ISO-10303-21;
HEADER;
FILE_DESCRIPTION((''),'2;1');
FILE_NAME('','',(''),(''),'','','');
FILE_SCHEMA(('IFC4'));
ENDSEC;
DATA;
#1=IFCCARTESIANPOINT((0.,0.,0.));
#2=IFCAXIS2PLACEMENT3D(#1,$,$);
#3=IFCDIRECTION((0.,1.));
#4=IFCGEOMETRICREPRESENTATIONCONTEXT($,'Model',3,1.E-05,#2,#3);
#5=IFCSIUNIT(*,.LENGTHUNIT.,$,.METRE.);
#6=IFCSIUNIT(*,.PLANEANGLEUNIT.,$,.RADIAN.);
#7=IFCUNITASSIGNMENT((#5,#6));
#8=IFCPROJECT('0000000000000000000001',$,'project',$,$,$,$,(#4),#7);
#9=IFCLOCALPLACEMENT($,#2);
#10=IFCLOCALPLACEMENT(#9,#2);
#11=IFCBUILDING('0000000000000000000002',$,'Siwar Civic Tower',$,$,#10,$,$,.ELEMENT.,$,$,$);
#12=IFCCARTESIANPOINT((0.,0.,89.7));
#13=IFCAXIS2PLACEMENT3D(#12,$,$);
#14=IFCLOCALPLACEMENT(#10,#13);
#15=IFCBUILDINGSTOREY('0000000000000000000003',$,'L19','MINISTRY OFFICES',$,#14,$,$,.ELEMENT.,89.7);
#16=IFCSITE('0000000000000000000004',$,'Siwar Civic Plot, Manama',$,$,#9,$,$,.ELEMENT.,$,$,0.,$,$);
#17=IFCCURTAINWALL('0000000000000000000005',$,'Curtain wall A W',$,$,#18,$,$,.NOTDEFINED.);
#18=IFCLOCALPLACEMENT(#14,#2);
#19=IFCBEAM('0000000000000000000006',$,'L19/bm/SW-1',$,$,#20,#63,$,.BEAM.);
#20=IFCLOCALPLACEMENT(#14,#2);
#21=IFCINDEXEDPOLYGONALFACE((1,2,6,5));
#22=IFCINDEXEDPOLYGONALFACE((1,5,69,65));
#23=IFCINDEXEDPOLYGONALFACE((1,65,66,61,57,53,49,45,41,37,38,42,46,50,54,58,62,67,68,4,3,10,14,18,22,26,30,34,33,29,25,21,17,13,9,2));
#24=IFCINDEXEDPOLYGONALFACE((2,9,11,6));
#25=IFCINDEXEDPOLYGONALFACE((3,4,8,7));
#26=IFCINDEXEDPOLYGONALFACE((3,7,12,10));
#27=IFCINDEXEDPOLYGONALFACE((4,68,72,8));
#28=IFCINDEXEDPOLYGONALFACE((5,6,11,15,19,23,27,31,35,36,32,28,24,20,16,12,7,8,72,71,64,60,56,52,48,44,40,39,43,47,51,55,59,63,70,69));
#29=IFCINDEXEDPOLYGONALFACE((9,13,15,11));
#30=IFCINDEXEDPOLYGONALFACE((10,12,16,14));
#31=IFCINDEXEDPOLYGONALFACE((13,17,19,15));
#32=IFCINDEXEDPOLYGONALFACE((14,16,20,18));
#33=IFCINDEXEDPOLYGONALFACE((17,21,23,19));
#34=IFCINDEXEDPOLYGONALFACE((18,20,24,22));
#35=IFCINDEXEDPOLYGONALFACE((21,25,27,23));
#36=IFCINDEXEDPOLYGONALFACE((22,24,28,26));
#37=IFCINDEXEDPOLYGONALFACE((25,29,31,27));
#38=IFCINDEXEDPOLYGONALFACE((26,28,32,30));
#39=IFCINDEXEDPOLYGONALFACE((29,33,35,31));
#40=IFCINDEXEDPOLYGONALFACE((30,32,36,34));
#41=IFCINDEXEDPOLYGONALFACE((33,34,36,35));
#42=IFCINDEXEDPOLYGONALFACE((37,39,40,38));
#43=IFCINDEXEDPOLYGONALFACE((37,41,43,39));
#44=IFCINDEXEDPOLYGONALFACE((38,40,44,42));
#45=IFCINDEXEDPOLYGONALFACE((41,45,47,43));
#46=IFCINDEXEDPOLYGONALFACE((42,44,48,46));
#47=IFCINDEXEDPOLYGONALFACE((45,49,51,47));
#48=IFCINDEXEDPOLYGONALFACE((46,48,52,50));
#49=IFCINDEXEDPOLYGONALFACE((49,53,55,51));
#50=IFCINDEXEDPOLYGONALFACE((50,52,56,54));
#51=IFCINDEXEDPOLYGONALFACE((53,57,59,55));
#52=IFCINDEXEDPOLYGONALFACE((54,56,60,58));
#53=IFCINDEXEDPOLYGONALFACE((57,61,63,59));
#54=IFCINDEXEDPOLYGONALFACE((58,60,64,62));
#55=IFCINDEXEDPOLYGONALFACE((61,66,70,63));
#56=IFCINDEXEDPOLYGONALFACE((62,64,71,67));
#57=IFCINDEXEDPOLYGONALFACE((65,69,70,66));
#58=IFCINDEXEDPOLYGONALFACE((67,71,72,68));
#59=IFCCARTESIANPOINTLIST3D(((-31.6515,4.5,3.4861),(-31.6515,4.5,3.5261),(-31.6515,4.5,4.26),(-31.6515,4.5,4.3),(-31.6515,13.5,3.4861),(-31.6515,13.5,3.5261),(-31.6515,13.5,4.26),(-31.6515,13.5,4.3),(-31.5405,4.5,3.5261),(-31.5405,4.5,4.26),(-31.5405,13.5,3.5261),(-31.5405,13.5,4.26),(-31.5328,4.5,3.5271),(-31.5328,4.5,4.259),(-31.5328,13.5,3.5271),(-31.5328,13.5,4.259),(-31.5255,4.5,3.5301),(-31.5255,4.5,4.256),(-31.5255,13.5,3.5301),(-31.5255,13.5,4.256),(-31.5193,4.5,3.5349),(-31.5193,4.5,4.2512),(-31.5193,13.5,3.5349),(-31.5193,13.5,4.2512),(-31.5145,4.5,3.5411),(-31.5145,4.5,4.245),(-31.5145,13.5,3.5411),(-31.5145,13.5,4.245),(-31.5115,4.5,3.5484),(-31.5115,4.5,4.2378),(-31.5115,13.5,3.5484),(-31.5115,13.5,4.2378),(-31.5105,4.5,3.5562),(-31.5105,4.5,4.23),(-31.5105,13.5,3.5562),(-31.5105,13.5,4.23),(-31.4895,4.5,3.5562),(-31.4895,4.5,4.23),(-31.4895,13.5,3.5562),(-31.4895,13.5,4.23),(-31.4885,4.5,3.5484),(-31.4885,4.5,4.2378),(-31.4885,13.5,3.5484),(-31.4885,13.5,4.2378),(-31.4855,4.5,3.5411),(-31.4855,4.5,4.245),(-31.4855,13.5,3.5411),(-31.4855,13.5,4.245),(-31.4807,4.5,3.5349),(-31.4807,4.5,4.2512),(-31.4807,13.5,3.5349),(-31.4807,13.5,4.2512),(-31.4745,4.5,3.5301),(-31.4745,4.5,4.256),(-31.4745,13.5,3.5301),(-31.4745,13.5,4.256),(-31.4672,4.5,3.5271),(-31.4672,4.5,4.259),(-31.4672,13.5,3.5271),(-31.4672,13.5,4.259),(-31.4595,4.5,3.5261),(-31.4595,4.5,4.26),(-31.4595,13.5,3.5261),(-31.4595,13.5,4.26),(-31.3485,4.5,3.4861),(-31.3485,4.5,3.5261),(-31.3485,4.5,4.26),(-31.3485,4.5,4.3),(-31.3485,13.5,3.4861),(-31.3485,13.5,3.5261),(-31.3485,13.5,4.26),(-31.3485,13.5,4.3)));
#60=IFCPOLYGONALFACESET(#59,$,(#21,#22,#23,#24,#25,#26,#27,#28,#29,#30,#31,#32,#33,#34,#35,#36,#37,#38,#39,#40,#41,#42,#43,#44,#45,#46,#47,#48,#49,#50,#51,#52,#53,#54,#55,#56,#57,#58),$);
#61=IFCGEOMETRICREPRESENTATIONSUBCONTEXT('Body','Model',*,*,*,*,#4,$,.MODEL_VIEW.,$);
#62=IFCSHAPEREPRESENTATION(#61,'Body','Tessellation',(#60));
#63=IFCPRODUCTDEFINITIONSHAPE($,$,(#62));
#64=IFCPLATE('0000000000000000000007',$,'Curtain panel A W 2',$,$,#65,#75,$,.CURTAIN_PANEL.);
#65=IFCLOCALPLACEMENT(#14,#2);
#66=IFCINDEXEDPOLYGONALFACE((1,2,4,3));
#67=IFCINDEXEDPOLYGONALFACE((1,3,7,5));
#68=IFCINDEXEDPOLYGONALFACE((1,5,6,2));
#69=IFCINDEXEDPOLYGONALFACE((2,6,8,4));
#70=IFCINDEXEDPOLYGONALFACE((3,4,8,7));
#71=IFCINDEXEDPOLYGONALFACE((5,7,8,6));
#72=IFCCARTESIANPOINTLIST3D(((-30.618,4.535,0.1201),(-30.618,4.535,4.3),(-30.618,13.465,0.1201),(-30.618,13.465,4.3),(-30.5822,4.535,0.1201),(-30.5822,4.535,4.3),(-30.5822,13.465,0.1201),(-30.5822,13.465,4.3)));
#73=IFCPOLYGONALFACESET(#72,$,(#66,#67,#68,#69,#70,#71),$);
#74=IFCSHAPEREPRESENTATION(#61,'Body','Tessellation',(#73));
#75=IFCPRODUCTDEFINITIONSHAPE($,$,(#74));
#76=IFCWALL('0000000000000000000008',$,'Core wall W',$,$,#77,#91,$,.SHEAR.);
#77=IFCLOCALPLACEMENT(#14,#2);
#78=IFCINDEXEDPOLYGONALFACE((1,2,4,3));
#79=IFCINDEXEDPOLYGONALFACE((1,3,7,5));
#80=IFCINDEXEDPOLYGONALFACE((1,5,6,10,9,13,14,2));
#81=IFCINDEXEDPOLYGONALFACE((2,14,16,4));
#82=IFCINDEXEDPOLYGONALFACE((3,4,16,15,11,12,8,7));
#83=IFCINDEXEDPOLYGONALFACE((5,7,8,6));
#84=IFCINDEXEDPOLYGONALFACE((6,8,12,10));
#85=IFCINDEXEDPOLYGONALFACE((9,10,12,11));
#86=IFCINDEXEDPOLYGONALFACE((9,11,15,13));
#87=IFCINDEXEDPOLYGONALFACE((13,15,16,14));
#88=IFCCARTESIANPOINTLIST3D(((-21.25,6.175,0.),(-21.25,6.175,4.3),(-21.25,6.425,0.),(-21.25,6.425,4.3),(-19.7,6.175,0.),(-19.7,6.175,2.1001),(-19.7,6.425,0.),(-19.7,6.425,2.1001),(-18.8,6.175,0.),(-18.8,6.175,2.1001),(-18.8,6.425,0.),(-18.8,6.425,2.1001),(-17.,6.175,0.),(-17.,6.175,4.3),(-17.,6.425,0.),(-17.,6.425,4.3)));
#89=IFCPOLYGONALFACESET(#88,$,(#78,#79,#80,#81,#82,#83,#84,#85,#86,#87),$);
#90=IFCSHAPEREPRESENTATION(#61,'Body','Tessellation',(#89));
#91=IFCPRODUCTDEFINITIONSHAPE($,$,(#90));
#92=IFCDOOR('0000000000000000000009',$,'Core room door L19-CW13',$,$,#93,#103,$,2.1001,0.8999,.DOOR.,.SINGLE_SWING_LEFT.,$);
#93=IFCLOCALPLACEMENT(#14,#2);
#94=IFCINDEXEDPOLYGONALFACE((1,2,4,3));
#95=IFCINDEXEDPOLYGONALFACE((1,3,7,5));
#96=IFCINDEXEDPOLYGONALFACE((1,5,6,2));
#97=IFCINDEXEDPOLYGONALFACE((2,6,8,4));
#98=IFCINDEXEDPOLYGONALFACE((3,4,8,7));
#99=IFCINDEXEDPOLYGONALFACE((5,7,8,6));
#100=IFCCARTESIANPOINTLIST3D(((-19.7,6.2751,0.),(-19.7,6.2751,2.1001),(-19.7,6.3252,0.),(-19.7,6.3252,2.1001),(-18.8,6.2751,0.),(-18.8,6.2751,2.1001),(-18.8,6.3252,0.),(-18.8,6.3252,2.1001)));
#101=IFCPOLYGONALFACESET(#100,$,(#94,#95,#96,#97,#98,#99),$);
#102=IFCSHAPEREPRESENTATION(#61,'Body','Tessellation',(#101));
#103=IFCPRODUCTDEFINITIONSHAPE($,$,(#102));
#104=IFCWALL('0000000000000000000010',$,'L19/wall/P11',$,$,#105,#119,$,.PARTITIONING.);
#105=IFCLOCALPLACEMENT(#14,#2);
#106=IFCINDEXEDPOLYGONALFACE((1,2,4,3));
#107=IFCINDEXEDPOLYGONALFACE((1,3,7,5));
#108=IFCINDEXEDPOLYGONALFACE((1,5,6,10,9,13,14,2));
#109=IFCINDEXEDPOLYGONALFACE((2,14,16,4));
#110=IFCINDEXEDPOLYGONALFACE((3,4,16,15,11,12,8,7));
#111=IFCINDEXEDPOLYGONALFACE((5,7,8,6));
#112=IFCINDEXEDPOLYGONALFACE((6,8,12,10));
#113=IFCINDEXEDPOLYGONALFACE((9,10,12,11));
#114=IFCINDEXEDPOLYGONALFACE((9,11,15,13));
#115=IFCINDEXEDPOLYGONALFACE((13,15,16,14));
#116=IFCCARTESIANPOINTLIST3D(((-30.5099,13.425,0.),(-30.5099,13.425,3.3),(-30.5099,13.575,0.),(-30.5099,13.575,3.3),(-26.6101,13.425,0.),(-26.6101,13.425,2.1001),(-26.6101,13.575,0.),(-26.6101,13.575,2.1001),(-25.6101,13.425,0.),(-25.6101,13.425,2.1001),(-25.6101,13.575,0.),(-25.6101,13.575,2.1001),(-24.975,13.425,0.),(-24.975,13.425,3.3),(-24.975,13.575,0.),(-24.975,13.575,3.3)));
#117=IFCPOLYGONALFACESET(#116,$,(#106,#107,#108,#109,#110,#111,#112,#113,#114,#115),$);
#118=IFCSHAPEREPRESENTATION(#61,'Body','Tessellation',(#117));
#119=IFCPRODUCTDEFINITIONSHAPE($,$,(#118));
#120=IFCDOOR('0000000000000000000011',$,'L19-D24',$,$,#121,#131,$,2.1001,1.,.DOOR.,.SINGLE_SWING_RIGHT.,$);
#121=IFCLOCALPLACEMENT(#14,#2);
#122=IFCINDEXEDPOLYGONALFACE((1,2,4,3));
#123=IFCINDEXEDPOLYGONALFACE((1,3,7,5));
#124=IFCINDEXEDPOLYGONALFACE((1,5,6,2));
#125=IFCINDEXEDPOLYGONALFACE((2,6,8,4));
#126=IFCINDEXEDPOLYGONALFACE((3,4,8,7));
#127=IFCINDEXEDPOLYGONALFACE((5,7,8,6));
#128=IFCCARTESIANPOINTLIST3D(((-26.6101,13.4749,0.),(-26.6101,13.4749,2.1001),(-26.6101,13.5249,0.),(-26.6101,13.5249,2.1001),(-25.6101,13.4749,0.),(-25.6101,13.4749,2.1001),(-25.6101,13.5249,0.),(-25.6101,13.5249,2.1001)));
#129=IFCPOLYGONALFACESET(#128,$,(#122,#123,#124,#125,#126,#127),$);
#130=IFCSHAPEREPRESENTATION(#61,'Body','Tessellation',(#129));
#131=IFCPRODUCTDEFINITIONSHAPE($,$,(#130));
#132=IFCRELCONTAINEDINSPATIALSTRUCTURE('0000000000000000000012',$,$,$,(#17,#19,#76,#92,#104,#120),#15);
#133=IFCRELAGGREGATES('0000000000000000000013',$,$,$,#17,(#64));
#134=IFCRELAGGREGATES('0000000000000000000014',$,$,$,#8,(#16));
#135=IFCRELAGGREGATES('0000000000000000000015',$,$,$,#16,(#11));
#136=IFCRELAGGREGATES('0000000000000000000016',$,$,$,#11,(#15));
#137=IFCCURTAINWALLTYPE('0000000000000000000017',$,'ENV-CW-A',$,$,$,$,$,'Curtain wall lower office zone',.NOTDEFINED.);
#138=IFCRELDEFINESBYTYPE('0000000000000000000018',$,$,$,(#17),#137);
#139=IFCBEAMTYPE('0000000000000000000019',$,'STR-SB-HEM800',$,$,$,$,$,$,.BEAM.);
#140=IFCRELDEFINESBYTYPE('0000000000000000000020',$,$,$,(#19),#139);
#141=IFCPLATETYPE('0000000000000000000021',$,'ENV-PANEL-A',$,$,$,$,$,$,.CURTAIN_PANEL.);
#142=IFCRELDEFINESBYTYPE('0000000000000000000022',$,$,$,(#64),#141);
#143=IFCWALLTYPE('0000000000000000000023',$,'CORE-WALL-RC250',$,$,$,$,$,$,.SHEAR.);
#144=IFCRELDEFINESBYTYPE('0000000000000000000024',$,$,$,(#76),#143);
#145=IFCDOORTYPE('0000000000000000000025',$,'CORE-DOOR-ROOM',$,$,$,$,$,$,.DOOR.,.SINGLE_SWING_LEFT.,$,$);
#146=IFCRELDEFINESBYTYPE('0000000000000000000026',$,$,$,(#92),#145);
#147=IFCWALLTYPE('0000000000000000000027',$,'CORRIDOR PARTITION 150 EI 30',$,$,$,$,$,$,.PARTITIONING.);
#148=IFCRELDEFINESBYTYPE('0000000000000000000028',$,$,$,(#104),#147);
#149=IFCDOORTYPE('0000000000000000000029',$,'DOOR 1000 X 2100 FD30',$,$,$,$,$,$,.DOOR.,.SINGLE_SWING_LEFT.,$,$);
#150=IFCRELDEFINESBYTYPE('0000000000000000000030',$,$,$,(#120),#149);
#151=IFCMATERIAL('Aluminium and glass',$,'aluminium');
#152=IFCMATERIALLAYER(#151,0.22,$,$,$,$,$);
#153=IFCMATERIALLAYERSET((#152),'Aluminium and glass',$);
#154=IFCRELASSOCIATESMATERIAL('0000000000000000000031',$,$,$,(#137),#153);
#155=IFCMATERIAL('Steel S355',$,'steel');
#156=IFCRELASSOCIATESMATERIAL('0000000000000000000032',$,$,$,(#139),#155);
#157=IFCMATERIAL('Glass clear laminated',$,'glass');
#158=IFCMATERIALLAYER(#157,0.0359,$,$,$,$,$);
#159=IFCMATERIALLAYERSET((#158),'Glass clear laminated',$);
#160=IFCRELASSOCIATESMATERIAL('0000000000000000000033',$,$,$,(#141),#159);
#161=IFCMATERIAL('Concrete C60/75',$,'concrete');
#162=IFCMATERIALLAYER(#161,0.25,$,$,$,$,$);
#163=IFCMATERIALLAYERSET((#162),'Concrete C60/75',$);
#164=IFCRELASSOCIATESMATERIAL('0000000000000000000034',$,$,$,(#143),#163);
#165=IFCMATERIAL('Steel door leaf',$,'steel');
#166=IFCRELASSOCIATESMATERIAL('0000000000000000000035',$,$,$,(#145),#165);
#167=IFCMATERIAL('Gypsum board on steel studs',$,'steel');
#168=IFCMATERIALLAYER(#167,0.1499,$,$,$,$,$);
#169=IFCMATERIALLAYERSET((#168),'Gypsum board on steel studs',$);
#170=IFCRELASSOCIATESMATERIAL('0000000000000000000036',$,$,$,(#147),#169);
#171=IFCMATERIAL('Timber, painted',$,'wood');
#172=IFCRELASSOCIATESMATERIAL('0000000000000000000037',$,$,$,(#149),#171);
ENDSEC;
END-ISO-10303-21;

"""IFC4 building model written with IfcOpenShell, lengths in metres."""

from ifc_helpers import new_model, si_unit, direction, frame, frame_2d, origin, origin_2d, place, context, subcontext, project, spatial, rectangle, i_section, extrude, material, layer, layer_set, material_profile, profile_set, type_object, element, fill, aggregate, save


model = new_model("IFC4")

# Units and contexts
model_context = context("Model", 3, precision=1e-05, world=origin(), true_north=direction((0.0, 1.0)))
body_context = subcontext(model_context, "Body", "Model", "MODEL_VIEW")
ifc_project = project(units=[si_unit("LENGTHUNIT", "METRE"), si_unit("PLANEANGLEUNIT", "RADIAN")], contexts=[model_context])

# Site, building, storey
site_placement = place(None, origin())
site = spatial("IfcSite", under=ifc_project, at=site_placement, Name="Siwar Civic Plot, Manama", CompositionType="ELEMENT", RefElevation=0.0)
building_placement = place(site_placement, origin())
building = spatial("IfcBuilding", under=site, at=building_placement, Name="Siwar Civic Tower", CompositionType="ELEMENT")
storey_placement = place(building_placement, frame((0.0, 0.0, 89.7)))
storey = spatial("IfcBuildingStorey", under=building, at=storey_placement, Name="L19", Description="MINISTRY OFFICES", CompositionType="ELEMENT", Elevation=89.7)

# Curtain wall
ifc_material_1 = material(Name="Aluminium and glass", Category="aluminium")
ifc_layer_1 = layer(ifc_material_1, 0.22)
ifc_layer_set_1 = layer_set([ifc_layer_1], Name="Aluminium and glass")
curtain_wall_type = type_object("IfcCurtainWallType", Name="ENV-CW-A", ElementType="Curtain wall lower office zone", PredefinedType="NOTDEFINED", material=ifc_layer_set_1)
curtain_wall_placement = place(storey_placement, origin())
curtain_wall = element("IfcCurtainWall", 1, at=curtain_wall_placement, inside=storey, type_object=curtain_wall_type, Name="Curtain wall A W", PredefinedType="NOTDEFINED")

# Beam
ifc_material_2 = material(Name="Steel S355", Category="steel")
ifc_material_profile_1 = material_profile(ifc_material_2, i_section(OverallWidth=0.303, OverallDepth=0.814, WebThickness=0.021, FlangeThickness=0.04, FilletRadius=0.03, at=origin_2d()), Name="HEM800")
ifc_profile_set_1 = profile_set([ifc_material_profile_1], Name="Steel S355")
beam_type_1 = type_object("IfcBeamType", Name="STR-SB-HEM800", PredefinedType="BEAM", material=ifc_profile_set_1)
beam_1_placement = place(storey_placement, frame((-31.5, 13.5, 3.8931), z_axis=(0.0, -1.0, 0.0), x_axis=(1.0, 0.0, 0.0)))
element("IfcBeam", 2, at=beam_1_placement, inside=storey, type_object=beam_type_1, Name="L19/bm/SW-1", PredefinedType="BEAM", context=body_context, shape_type="SweptSolid", body=[
    extrude(i_section(OverallWidth=0.303, OverallDepth=0.814, WebThickness=0.021, FlangeThickness=0.04, FilletRadius=0.03, at=origin_2d()), origin(), (0.0, 0.0, 1.0), 9.0),
])

# Plate
ifc_material_3 = material(Name="Glass clear laminated", Category="glass")
ifc_layer_2 = layer(ifc_material_3, 0.0359)
ifc_layer_set_2 = layer_set([ifc_layer_2], Name="Glass clear laminated")
plate_type = type_object("IfcPlateType", Name="ENV-PANEL-A", PredefinedType="CURTAIN_PANEL", material=ifc_layer_set_2)
plate_placement = place(storey_placement, frame((-30.6001, 9.0, 0.1201), z_axis=(0.0, 0.0, 1.0), x_axis=(0.0, -1.0, 0.0)))
plate = element("IfcPlate", 3, at=plate_placement, type_object=plate_type, Name="Curtain panel A W 2", PredefinedType="CURTAIN_PANEL", context=body_context, shape_type="SweptSolid", body=[
    extrude(rectangle(XDim=8.9299, YDim=0.0359, at=origin_2d()), origin(), (0.0, 0.0, 1.0), 4.1799),
])
aggregate(curtain_wall, [plate])

# Walls, openings, doors
ifc_material_4 = material(Name="Concrete C60/75", Category="concrete")
ifc_layer_3 = layer(ifc_material_4, 0.25)
ifc_layer_set_3 = layer_set([ifc_layer_3], Name="Concrete C60/75")
wall_type_1 = type_object("IfcWallType", Name="CORE-WALL-RC250", PredefinedType="SHEAR", material=ifc_layer_set_3)
wall_1_placement = place(storey_placement, frame((-17.0, 6.3, 0.0), z_axis=(0.0, 0.0, 1.0), x_axis=(-1.0, 0.0, 0.0)))
wall_1 = element("IfcWall", 4, at=wall_1_placement, inside=storey, type_object=wall_type_1, Name="Core wall W", PredefinedType="SHEAR", context=body_context, shape_type="SweptSolid", body=[
    extrude(rectangle(XDim=4.25, YDim=0.25, at=frame_2d((2.125, 0.0))), origin(), (0.0, 0.0, 1.0), 4.3),
])
opening_1_placement = place(wall_1_placement, frame((1.8, 0.0, 0.0)))
opening_1 = element("IfcOpeningElement", 5, at=opening_1_placement, cuts=wall_1, PredefinedType="OPENING", context=body_context, shape_type="SweptSolid", body=[
    extrude(rectangle(XDim=0.8999, YDim=2.1001, at=frame_2d((0.45, 1.05))), frame((0.0, 0.135, 0.0), z_axis=(0.0, -1.0, 0.0), x_axis=(1.0, 0.0, 0.0)), (0.0, 0.0, 1.0), 0.27),
])
ifc_material_5 = material(Name="Steel door leaf", Category="steel")
door_type_1 = type_object("IfcDoorType", Name="CORE-DOOR-ROOM", OperationType="SINGLE_SWING_LEFT", PredefinedType="DOOR", material=ifc_material_5)
door_1_placement = place(opening_1_placement, origin())
door_1 = element("IfcDoor", 6, at=door_1_placement, inside=storey, type_object=door_type_1, Name="Core room door L19-CW13", OperationType="SINGLE_SWING_LEFT", OverallHeight=2.1001, OverallWidth=0.8999, PredefinedType="DOOR", context=body_context, shape_type="SweptSolid", body=[
    extrude(rectangle(XDim=0.8999, YDim=2.1001, at=frame_2d((0.45, 1.05))), frame((0.0, 0.0249, 0.0), z_axis=(0.0, -1.0, 0.0), x_axis=(1.0, 0.0, 0.0)), (0.0, 0.0, 1.0), 0.05),
])
fill(opening_1, door_1)
ifc_material_6 = material(Name="Gypsum board on steel studs", Category="steel")
ifc_layer_4 = layer(ifc_material_6, 0.1499)
ifc_layer_set_4 = layer_set([ifc_layer_4], Name="Gypsum board on steel studs")
wall_type_2 = type_object("IfcWallType", Name="CORRIDOR PARTITION 150 EI 30", PredefinedType="PARTITIONING", material=ifc_layer_set_4)
wall_2_placement = place(storey_placement, frame((-30.51, 13.5, 0.0), z_axis=(0.0, 0.0, 1.0), x_axis=(1.0, 0.0, 0.0)))
wall_2 = element("IfcWall", 7, at=wall_2_placement, inside=storey, type_object=wall_type_2, Name="L19/wall/P11", PredefinedType="PARTITIONING", context=body_context, shape_type="SweptSolid", body=[
    extrude(rectangle(XDim=5.5349, YDim=0.1499, at=frame_2d((2.7676, 0.0))), origin(), (0.0, 0.0, 1.0), 3.3),
])
opening_2_placement = place(wall_2_placement, frame((3.8999, 0.0, 0.0)))
opening_2 = element("IfcOpeningElement", 8, at=opening_2_placement, cuts=wall_2, PredefinedType="OPENING", context=body_context, shape_type="SweptSolid", body=[
    extrude(rectangle(XDim=1.0, YDim=2.1001, at=frame_2d((0.5, 1.05))), frame((0.0, 0.085, 0.0), z_axis=(0.0, -1.0, 0.0), x_axis=(1.0, 0.0, 0.0)), (0.0, 0.0, 1.0), 0.1699),
])
ifc_material_7 = material(Name="Timber, painted", Category="wood")
door_type_2 = type_object("IfcDoorType", Name="DOOR 1000 X 2100 FD30", OperationType="SINGLE_SWING_LEFT", PredefinedType="DOOR", material=ifc_material_7)
door_2_placement = place(opening_2_placement, origin())
door_2 = element("IfcDoor", 9, at=door_2_placement, inside=storey, type_object=door_type_2, Name="L19-D24", OperationType="SINGLE_SWING_RIGHT", OverallHeight=2.1001, OverallWidth=1.0, PredefinedType="DOOR", context=body_context, shape_type="SweptSolid", body=[
    extrude(rectangle(XDim=1.0, YDim=2.1001, at=frame_2d((0.5, 1.05))), frame((0.0, 0.0249, 0.0), z_axis=(0.0, -1.0, 0.0), x_axis=(1.0, 0.0, 0.0)), (0.0, 0.0, 1.0), 0.05),
])
fill(opening_2, door_2)

save(model, "model.ifc")
